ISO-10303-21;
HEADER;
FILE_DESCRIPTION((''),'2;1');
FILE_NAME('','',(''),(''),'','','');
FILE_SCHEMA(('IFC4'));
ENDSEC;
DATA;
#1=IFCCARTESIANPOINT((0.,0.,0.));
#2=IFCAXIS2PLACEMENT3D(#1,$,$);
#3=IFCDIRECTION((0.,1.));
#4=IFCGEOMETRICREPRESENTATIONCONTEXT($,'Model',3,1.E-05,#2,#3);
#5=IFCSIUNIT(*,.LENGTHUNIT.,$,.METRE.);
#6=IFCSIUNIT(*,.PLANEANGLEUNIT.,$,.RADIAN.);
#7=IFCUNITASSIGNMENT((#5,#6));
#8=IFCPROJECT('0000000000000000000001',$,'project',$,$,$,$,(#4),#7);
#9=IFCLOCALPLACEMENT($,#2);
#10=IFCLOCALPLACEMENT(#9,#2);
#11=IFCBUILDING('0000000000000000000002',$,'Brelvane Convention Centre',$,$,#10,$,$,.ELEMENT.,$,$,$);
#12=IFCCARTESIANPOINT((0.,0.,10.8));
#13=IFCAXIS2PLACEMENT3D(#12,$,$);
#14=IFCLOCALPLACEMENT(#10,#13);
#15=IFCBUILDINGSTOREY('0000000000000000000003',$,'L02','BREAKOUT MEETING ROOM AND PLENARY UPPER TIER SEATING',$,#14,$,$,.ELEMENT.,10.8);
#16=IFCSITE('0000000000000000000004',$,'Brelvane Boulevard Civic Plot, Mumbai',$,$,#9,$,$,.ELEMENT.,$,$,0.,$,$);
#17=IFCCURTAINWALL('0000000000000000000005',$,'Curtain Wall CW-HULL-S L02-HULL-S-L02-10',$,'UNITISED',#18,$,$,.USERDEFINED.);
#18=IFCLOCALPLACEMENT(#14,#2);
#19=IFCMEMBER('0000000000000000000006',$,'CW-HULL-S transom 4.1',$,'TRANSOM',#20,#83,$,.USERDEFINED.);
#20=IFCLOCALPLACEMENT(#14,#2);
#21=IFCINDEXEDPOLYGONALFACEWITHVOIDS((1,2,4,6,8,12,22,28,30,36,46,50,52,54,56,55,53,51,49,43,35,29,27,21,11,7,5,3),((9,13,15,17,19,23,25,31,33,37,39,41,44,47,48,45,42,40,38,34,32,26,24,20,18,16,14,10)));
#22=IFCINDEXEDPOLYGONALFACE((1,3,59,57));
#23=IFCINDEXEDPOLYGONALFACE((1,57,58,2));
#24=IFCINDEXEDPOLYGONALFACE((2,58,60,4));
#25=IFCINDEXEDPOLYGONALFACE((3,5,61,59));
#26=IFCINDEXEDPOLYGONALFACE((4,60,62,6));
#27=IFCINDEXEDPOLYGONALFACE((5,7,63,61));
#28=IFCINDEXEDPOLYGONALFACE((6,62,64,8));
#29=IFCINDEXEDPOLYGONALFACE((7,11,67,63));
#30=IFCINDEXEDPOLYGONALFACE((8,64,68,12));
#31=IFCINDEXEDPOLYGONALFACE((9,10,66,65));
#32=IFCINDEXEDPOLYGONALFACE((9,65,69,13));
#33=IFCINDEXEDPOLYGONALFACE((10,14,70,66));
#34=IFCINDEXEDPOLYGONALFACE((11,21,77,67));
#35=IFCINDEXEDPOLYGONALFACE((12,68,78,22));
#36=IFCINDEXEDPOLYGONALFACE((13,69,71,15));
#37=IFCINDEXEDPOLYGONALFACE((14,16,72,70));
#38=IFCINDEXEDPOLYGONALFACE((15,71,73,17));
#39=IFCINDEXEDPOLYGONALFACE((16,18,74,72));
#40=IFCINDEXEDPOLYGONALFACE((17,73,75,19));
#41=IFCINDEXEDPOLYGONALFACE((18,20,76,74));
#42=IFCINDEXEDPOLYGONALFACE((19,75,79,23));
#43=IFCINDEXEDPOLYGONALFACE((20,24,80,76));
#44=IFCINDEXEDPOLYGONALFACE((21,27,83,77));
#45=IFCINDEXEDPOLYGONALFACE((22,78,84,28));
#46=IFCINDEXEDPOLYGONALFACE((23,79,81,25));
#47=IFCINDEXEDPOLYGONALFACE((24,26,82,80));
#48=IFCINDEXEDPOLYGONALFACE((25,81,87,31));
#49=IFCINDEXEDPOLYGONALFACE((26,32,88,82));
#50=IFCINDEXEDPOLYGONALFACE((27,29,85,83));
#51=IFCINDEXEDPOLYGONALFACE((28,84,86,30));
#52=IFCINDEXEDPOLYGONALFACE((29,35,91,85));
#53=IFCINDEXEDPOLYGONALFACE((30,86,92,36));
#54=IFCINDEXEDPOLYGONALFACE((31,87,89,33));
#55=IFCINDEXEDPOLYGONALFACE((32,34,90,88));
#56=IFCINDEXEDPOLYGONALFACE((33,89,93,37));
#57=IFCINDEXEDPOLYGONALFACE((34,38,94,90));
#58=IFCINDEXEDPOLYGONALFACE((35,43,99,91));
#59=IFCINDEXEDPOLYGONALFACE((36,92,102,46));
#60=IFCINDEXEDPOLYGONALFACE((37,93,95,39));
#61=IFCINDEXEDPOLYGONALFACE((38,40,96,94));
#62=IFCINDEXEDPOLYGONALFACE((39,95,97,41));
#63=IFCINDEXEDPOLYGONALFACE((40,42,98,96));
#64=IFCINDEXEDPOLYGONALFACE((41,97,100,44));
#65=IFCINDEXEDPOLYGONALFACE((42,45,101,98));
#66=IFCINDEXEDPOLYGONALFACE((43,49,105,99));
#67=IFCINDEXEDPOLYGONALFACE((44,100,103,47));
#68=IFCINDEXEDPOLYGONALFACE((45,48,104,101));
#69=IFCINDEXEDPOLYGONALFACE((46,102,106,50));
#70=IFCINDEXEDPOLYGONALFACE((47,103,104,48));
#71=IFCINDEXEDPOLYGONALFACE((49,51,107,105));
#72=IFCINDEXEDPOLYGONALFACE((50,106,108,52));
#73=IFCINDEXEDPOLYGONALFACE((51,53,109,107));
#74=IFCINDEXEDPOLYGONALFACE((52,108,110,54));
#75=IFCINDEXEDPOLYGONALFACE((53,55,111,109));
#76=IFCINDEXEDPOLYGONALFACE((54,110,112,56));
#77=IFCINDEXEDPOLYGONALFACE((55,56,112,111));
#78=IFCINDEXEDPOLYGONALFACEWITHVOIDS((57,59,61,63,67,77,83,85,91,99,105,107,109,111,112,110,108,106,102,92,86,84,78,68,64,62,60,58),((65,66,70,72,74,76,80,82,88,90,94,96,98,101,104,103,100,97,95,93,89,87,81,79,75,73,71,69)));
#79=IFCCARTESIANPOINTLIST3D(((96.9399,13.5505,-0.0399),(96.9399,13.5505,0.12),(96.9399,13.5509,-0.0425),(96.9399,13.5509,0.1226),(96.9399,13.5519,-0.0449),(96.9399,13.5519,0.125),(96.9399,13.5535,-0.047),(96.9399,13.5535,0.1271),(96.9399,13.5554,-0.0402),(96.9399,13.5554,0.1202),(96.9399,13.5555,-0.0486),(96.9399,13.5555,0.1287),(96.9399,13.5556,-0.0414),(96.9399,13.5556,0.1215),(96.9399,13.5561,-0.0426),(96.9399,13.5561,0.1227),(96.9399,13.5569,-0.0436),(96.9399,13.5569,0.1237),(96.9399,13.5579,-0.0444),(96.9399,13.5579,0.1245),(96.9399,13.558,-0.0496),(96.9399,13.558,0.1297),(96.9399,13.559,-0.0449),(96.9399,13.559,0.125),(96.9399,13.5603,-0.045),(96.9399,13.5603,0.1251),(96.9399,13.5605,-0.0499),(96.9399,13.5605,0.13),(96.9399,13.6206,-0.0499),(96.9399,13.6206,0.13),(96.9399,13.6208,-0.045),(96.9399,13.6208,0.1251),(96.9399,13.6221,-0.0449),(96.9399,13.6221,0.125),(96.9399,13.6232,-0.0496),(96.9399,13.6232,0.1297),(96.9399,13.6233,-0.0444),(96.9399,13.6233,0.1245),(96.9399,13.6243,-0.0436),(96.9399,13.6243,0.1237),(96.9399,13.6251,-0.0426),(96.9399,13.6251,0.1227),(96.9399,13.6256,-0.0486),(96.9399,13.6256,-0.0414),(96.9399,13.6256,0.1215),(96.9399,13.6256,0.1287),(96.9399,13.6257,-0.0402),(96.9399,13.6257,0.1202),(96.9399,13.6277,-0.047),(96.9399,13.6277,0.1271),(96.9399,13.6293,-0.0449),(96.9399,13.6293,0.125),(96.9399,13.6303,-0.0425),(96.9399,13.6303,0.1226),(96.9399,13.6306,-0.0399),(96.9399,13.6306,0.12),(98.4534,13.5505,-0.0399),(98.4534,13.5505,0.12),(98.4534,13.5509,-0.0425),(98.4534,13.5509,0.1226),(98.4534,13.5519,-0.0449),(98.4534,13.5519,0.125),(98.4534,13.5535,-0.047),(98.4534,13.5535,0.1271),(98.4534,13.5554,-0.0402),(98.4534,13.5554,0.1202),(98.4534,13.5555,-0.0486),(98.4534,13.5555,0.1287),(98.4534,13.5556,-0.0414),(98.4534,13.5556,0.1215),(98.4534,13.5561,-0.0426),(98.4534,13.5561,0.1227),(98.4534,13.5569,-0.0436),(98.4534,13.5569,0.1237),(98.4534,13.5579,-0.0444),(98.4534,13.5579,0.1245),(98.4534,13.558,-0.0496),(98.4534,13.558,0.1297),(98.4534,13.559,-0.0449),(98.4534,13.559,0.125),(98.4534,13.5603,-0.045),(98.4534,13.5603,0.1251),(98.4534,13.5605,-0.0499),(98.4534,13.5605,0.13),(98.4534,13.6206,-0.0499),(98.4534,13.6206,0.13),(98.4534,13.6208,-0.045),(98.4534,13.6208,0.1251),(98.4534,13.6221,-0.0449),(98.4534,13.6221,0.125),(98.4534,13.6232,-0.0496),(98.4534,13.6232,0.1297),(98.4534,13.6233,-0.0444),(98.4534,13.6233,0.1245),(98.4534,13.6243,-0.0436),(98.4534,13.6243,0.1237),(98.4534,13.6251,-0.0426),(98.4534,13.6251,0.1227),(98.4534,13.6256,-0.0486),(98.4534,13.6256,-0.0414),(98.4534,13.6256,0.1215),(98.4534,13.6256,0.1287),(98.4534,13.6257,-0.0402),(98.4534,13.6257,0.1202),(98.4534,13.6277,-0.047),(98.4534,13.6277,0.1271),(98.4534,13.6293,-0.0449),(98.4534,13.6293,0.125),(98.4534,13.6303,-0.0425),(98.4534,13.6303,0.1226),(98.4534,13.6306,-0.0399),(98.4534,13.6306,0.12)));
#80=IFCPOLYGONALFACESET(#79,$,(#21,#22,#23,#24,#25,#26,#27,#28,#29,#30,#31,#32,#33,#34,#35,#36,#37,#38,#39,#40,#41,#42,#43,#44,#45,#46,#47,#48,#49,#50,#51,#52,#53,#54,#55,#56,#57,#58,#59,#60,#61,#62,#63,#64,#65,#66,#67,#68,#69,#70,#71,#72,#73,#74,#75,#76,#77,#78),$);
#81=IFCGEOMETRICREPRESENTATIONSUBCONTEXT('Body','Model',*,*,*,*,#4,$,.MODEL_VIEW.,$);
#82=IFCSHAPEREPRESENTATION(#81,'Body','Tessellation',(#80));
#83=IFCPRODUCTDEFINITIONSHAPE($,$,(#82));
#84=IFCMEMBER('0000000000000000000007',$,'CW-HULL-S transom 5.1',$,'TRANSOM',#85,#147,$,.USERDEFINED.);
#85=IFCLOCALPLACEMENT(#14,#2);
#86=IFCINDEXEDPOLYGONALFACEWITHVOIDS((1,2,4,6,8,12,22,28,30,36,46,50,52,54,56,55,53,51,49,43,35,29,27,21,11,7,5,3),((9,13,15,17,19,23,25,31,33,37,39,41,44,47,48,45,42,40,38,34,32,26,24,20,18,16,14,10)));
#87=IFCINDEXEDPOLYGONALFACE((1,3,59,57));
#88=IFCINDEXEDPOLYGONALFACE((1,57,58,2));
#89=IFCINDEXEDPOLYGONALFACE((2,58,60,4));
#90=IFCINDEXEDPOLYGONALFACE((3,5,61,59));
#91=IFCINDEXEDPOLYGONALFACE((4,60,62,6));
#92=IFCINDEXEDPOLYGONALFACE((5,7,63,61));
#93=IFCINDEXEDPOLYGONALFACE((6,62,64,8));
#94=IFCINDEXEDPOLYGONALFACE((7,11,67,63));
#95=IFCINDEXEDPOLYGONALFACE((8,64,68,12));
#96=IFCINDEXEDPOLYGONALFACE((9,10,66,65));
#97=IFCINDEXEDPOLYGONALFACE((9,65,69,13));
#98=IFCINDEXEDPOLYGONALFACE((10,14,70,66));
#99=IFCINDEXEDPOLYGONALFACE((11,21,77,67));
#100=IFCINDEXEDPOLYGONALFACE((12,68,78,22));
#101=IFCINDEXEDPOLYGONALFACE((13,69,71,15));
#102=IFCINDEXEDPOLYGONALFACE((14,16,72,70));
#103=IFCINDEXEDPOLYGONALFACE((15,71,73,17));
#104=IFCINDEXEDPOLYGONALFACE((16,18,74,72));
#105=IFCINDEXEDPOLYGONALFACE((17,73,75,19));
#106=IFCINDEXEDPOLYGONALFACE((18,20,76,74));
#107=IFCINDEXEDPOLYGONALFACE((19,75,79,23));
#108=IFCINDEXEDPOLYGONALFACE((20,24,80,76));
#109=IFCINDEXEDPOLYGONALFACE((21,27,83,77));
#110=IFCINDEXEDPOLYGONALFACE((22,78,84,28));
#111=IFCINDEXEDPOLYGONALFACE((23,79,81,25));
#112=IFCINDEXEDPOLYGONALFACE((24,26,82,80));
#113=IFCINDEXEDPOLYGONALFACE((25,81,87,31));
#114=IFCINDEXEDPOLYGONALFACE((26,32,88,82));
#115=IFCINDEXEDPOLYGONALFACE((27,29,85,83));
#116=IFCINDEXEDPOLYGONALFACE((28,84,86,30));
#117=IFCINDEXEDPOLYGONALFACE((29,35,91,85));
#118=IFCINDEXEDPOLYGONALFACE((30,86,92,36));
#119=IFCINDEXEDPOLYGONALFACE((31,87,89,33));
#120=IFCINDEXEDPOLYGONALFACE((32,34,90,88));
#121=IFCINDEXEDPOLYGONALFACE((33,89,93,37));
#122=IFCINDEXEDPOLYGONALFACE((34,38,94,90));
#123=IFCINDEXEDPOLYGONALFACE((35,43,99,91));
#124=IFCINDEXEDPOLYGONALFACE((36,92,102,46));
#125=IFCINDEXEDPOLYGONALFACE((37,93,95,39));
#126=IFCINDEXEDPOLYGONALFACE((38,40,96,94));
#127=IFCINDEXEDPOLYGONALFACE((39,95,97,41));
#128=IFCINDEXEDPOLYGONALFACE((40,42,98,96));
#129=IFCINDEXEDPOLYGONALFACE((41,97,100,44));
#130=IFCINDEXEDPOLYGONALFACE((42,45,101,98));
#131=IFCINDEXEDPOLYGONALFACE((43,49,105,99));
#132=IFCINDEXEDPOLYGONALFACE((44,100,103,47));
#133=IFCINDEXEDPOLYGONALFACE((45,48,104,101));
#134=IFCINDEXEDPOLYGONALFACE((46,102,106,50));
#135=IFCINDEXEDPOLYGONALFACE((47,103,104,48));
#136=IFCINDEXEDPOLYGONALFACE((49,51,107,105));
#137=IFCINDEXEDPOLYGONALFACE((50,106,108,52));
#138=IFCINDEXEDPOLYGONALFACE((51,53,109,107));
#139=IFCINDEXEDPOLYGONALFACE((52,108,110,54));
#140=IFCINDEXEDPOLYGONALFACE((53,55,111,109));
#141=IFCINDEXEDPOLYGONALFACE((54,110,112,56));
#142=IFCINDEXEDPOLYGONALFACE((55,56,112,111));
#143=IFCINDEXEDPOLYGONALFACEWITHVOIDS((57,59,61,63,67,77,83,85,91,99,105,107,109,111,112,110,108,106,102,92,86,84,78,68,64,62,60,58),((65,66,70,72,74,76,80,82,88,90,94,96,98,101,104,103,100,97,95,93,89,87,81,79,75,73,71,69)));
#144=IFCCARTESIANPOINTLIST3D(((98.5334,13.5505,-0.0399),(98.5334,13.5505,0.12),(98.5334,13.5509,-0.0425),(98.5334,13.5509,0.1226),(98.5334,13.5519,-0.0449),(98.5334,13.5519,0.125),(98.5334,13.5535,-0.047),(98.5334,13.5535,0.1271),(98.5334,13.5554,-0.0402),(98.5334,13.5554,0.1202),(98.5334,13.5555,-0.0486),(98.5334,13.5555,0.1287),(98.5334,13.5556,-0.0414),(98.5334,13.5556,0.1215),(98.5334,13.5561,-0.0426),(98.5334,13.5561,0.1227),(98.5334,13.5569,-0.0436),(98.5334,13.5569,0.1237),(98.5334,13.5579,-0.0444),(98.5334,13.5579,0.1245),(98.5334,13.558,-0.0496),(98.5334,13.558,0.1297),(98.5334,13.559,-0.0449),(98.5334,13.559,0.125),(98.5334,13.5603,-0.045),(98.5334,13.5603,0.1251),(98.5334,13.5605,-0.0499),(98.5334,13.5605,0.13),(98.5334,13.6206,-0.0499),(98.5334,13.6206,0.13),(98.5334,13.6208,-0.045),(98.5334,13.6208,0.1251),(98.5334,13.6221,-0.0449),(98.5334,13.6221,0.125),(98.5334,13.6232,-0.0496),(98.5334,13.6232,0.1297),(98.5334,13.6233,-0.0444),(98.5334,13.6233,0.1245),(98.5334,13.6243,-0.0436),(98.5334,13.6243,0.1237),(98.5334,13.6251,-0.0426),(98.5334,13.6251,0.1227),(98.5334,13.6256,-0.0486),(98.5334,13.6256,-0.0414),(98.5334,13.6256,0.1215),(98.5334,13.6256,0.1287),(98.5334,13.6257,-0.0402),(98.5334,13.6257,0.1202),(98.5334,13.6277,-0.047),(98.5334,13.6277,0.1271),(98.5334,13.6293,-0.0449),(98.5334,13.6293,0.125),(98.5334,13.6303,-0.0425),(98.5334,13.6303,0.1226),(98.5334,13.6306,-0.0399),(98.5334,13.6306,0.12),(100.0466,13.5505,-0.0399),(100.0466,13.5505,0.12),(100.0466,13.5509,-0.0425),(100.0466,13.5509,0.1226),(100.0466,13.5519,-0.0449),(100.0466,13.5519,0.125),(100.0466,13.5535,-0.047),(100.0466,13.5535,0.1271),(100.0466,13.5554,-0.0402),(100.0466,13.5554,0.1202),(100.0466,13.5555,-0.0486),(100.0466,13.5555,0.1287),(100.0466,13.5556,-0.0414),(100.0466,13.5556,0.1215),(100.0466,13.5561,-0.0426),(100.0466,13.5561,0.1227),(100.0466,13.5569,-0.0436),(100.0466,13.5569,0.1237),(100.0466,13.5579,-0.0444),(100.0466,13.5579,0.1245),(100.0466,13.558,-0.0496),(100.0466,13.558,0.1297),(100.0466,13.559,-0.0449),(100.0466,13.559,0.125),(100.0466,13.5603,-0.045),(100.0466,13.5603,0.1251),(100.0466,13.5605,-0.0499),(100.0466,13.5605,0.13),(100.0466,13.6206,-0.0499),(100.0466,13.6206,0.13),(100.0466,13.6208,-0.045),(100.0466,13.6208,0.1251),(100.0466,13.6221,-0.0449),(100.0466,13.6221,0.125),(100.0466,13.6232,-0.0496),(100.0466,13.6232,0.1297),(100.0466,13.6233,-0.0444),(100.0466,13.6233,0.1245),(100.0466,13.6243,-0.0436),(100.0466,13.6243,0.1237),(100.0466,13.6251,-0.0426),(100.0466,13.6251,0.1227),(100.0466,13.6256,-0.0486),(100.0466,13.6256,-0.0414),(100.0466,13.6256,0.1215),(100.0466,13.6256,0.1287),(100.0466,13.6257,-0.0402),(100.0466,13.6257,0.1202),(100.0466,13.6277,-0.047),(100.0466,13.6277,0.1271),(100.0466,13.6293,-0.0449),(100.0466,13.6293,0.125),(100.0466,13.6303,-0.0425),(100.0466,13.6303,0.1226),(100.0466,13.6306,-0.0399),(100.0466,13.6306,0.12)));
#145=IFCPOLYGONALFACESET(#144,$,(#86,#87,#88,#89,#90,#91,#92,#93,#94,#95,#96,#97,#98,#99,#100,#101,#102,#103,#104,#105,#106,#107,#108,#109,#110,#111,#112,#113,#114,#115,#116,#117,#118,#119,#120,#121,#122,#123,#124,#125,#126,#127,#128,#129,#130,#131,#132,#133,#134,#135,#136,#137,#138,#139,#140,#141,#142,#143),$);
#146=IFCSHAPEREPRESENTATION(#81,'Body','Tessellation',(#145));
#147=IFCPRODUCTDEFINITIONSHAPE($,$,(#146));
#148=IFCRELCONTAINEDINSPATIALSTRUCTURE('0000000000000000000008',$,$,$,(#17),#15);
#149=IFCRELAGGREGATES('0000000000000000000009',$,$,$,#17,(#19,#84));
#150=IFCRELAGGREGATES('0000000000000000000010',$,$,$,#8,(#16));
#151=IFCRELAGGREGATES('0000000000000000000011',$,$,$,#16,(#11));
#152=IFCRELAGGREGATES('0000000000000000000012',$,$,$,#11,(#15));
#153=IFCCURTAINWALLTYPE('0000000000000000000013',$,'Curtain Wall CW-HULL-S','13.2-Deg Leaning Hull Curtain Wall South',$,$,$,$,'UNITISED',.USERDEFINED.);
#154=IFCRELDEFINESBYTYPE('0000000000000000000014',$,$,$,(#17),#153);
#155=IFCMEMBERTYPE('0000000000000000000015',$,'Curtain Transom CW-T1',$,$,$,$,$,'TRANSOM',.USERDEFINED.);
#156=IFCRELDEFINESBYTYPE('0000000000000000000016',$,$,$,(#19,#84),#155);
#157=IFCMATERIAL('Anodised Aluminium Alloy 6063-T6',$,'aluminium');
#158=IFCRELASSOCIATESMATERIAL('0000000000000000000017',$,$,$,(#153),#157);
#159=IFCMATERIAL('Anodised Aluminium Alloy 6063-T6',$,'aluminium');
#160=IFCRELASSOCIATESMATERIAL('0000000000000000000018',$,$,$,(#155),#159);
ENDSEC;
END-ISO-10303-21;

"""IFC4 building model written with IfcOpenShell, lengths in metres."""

from ifc_helpers import new_model, si_unit, direction, frame, origin, origin_2d, place, context, subcontext, project, spatial, hollow_rectangle, extrude, material, material_profile, profile_set, type_object, element, aggregate, save


model = new_model("IFC4")

# Units and contexts
model_context = context("Model", 3, precision=1e-05, world=origin(), true_north=direction((0.0, 1.0)))
body_context = subcontext(model_context, "Body", "Model", "MODEL_VIEW")
ifc_project = project(units=[si_unit("LENGTHUNIT", "METRE"), si_unit("PLANEANGLEUNIT", "RADIAN")], contexts=[model_context])

# Site, building, storey
site_placement = place(None, origin())
site = spatial("IfcSite", under=ifc_project, at=site_placement, Name="Brelvane Boulevard Civic Plot, Mumbai", CompositionType="ELEMENT", RefElevation=0.0)
building_placement = place(site_placement, origin())
building = spatial("IfcBuilding", under=site, at=building_placement, Name="Brelvane Convention Centre", CompositionType="ELEMENT")
storey_placement = place(building_placement, frame((0.0, 0.0, 10.8)))
storey = spatial("IfcBuildingStorey", under=building, at=storey_placement, Name="L02", Description="BREAKOUT MEETING ROOM AND PLENARY UPPER TIER SEATING", CompositionType="ELEMENT", Elevation=10.8)

# Curtain wall
ifc_material_1 = material(Name="Anodised Aluminium Alloy 6063-T6", Category="aluminium")
curtain_wall_type = type_object("IfcCurtainWallType", Name="Curtain Wall CW-HULL-S", Description="13.2-Deg Leaning Hull Curtain Wall South", ElementType="UNITISED", PredefinedType="USERDEFINED", material=ifc_material_1)
curtain_wall_1_placement = place(storey_placement, origin())
curtain_wall_1 = element("IfcCurtainWall", 1, at=curtain_wall_1_placement, inside=storey, type_object=curtain_wall_type, Name="Curtain Wall CW-HULL-S L02-HULL-S-L02-10", ObjectType="UNITISED", PredefinedType="USERDEFINED")

# Members
ifc_material_2 = material(Name="Anodised Aluminium Alloy 6063-T6", Category="aluminium")
ifc_material_profile_1 = material_profile(ifc_material_2, hollow_rectangle(XDim=0.0801, YDim=0.1799, WallThickness=0.0049, InnerFilletRadius=0.0049, OuterFilletRadius=0.01, at=origin_2d()), Name="ALU-T 180x80x5.0")
ifc_profile_set_1 = profile_set([ifc_material_profile_1], Name="Anodised Aluminium Alloy 6063-T6")
member_type_1 = type_object("IfcMemberType", Name="Curtain Transom CW-T1", ElementType="TRANSOM", PredefinedType="USERDEFINED", material=ifc_profile_set_1)
member_1_placement = place(storey_placement, frame((96.9399, 13.5906, 0.04), z_axis=(1.0, 0.0, 0.0), x_axis=(0.0, 1.0, 0.0)))
member_1 = element("IfcMember", 2, at=member_1_placement, type_object=member_type_1, Name="CW-HULL-S transom 4.1", ObjectType="TRANSOM", PredefinedType="USERDEFINED", context=body_context, shape_type="SweptSolid", body=[
    extrude(hollow_rectangle(XDim=0.0801, YDim=0.1799, WallThickness=0.0049, InnerFilletRadius=0.0049, OuterFilletRadius=0.01, at=origin_2d()), origin(), (0.0, 0.0, 1.0), 1.5134),
])
member_2_placement = place(storey_placement, frame((98.5334, 13.5906, 0.04), z_axis=(1.0, 0.0, 0.0), x_axis=(0.0, 1.0, 0.0)))
member_2 = element("IfcMember", 3, at=member_2_placement, type_object=member_type_1, Name="CW-HULL-S transom 5.1", ObjectType="TRANSOM", PredefinedType="USERDEFINED", context=body_context, shape_type="SweptSolid", body=[
    extrude(hollow_rectangle(XDim=0.0801, YDim=0.1799, WallThickness=0.0049, InnerFilletRadius=0.0049, OuterFilletRadius=0.01, at=origin_2d()), origin(), (0.0, 0.0, 1.0), 1.5132),
])

aggregate(curtain_wall_1, [member_1, member_2])

save(model, "model.ifc")
